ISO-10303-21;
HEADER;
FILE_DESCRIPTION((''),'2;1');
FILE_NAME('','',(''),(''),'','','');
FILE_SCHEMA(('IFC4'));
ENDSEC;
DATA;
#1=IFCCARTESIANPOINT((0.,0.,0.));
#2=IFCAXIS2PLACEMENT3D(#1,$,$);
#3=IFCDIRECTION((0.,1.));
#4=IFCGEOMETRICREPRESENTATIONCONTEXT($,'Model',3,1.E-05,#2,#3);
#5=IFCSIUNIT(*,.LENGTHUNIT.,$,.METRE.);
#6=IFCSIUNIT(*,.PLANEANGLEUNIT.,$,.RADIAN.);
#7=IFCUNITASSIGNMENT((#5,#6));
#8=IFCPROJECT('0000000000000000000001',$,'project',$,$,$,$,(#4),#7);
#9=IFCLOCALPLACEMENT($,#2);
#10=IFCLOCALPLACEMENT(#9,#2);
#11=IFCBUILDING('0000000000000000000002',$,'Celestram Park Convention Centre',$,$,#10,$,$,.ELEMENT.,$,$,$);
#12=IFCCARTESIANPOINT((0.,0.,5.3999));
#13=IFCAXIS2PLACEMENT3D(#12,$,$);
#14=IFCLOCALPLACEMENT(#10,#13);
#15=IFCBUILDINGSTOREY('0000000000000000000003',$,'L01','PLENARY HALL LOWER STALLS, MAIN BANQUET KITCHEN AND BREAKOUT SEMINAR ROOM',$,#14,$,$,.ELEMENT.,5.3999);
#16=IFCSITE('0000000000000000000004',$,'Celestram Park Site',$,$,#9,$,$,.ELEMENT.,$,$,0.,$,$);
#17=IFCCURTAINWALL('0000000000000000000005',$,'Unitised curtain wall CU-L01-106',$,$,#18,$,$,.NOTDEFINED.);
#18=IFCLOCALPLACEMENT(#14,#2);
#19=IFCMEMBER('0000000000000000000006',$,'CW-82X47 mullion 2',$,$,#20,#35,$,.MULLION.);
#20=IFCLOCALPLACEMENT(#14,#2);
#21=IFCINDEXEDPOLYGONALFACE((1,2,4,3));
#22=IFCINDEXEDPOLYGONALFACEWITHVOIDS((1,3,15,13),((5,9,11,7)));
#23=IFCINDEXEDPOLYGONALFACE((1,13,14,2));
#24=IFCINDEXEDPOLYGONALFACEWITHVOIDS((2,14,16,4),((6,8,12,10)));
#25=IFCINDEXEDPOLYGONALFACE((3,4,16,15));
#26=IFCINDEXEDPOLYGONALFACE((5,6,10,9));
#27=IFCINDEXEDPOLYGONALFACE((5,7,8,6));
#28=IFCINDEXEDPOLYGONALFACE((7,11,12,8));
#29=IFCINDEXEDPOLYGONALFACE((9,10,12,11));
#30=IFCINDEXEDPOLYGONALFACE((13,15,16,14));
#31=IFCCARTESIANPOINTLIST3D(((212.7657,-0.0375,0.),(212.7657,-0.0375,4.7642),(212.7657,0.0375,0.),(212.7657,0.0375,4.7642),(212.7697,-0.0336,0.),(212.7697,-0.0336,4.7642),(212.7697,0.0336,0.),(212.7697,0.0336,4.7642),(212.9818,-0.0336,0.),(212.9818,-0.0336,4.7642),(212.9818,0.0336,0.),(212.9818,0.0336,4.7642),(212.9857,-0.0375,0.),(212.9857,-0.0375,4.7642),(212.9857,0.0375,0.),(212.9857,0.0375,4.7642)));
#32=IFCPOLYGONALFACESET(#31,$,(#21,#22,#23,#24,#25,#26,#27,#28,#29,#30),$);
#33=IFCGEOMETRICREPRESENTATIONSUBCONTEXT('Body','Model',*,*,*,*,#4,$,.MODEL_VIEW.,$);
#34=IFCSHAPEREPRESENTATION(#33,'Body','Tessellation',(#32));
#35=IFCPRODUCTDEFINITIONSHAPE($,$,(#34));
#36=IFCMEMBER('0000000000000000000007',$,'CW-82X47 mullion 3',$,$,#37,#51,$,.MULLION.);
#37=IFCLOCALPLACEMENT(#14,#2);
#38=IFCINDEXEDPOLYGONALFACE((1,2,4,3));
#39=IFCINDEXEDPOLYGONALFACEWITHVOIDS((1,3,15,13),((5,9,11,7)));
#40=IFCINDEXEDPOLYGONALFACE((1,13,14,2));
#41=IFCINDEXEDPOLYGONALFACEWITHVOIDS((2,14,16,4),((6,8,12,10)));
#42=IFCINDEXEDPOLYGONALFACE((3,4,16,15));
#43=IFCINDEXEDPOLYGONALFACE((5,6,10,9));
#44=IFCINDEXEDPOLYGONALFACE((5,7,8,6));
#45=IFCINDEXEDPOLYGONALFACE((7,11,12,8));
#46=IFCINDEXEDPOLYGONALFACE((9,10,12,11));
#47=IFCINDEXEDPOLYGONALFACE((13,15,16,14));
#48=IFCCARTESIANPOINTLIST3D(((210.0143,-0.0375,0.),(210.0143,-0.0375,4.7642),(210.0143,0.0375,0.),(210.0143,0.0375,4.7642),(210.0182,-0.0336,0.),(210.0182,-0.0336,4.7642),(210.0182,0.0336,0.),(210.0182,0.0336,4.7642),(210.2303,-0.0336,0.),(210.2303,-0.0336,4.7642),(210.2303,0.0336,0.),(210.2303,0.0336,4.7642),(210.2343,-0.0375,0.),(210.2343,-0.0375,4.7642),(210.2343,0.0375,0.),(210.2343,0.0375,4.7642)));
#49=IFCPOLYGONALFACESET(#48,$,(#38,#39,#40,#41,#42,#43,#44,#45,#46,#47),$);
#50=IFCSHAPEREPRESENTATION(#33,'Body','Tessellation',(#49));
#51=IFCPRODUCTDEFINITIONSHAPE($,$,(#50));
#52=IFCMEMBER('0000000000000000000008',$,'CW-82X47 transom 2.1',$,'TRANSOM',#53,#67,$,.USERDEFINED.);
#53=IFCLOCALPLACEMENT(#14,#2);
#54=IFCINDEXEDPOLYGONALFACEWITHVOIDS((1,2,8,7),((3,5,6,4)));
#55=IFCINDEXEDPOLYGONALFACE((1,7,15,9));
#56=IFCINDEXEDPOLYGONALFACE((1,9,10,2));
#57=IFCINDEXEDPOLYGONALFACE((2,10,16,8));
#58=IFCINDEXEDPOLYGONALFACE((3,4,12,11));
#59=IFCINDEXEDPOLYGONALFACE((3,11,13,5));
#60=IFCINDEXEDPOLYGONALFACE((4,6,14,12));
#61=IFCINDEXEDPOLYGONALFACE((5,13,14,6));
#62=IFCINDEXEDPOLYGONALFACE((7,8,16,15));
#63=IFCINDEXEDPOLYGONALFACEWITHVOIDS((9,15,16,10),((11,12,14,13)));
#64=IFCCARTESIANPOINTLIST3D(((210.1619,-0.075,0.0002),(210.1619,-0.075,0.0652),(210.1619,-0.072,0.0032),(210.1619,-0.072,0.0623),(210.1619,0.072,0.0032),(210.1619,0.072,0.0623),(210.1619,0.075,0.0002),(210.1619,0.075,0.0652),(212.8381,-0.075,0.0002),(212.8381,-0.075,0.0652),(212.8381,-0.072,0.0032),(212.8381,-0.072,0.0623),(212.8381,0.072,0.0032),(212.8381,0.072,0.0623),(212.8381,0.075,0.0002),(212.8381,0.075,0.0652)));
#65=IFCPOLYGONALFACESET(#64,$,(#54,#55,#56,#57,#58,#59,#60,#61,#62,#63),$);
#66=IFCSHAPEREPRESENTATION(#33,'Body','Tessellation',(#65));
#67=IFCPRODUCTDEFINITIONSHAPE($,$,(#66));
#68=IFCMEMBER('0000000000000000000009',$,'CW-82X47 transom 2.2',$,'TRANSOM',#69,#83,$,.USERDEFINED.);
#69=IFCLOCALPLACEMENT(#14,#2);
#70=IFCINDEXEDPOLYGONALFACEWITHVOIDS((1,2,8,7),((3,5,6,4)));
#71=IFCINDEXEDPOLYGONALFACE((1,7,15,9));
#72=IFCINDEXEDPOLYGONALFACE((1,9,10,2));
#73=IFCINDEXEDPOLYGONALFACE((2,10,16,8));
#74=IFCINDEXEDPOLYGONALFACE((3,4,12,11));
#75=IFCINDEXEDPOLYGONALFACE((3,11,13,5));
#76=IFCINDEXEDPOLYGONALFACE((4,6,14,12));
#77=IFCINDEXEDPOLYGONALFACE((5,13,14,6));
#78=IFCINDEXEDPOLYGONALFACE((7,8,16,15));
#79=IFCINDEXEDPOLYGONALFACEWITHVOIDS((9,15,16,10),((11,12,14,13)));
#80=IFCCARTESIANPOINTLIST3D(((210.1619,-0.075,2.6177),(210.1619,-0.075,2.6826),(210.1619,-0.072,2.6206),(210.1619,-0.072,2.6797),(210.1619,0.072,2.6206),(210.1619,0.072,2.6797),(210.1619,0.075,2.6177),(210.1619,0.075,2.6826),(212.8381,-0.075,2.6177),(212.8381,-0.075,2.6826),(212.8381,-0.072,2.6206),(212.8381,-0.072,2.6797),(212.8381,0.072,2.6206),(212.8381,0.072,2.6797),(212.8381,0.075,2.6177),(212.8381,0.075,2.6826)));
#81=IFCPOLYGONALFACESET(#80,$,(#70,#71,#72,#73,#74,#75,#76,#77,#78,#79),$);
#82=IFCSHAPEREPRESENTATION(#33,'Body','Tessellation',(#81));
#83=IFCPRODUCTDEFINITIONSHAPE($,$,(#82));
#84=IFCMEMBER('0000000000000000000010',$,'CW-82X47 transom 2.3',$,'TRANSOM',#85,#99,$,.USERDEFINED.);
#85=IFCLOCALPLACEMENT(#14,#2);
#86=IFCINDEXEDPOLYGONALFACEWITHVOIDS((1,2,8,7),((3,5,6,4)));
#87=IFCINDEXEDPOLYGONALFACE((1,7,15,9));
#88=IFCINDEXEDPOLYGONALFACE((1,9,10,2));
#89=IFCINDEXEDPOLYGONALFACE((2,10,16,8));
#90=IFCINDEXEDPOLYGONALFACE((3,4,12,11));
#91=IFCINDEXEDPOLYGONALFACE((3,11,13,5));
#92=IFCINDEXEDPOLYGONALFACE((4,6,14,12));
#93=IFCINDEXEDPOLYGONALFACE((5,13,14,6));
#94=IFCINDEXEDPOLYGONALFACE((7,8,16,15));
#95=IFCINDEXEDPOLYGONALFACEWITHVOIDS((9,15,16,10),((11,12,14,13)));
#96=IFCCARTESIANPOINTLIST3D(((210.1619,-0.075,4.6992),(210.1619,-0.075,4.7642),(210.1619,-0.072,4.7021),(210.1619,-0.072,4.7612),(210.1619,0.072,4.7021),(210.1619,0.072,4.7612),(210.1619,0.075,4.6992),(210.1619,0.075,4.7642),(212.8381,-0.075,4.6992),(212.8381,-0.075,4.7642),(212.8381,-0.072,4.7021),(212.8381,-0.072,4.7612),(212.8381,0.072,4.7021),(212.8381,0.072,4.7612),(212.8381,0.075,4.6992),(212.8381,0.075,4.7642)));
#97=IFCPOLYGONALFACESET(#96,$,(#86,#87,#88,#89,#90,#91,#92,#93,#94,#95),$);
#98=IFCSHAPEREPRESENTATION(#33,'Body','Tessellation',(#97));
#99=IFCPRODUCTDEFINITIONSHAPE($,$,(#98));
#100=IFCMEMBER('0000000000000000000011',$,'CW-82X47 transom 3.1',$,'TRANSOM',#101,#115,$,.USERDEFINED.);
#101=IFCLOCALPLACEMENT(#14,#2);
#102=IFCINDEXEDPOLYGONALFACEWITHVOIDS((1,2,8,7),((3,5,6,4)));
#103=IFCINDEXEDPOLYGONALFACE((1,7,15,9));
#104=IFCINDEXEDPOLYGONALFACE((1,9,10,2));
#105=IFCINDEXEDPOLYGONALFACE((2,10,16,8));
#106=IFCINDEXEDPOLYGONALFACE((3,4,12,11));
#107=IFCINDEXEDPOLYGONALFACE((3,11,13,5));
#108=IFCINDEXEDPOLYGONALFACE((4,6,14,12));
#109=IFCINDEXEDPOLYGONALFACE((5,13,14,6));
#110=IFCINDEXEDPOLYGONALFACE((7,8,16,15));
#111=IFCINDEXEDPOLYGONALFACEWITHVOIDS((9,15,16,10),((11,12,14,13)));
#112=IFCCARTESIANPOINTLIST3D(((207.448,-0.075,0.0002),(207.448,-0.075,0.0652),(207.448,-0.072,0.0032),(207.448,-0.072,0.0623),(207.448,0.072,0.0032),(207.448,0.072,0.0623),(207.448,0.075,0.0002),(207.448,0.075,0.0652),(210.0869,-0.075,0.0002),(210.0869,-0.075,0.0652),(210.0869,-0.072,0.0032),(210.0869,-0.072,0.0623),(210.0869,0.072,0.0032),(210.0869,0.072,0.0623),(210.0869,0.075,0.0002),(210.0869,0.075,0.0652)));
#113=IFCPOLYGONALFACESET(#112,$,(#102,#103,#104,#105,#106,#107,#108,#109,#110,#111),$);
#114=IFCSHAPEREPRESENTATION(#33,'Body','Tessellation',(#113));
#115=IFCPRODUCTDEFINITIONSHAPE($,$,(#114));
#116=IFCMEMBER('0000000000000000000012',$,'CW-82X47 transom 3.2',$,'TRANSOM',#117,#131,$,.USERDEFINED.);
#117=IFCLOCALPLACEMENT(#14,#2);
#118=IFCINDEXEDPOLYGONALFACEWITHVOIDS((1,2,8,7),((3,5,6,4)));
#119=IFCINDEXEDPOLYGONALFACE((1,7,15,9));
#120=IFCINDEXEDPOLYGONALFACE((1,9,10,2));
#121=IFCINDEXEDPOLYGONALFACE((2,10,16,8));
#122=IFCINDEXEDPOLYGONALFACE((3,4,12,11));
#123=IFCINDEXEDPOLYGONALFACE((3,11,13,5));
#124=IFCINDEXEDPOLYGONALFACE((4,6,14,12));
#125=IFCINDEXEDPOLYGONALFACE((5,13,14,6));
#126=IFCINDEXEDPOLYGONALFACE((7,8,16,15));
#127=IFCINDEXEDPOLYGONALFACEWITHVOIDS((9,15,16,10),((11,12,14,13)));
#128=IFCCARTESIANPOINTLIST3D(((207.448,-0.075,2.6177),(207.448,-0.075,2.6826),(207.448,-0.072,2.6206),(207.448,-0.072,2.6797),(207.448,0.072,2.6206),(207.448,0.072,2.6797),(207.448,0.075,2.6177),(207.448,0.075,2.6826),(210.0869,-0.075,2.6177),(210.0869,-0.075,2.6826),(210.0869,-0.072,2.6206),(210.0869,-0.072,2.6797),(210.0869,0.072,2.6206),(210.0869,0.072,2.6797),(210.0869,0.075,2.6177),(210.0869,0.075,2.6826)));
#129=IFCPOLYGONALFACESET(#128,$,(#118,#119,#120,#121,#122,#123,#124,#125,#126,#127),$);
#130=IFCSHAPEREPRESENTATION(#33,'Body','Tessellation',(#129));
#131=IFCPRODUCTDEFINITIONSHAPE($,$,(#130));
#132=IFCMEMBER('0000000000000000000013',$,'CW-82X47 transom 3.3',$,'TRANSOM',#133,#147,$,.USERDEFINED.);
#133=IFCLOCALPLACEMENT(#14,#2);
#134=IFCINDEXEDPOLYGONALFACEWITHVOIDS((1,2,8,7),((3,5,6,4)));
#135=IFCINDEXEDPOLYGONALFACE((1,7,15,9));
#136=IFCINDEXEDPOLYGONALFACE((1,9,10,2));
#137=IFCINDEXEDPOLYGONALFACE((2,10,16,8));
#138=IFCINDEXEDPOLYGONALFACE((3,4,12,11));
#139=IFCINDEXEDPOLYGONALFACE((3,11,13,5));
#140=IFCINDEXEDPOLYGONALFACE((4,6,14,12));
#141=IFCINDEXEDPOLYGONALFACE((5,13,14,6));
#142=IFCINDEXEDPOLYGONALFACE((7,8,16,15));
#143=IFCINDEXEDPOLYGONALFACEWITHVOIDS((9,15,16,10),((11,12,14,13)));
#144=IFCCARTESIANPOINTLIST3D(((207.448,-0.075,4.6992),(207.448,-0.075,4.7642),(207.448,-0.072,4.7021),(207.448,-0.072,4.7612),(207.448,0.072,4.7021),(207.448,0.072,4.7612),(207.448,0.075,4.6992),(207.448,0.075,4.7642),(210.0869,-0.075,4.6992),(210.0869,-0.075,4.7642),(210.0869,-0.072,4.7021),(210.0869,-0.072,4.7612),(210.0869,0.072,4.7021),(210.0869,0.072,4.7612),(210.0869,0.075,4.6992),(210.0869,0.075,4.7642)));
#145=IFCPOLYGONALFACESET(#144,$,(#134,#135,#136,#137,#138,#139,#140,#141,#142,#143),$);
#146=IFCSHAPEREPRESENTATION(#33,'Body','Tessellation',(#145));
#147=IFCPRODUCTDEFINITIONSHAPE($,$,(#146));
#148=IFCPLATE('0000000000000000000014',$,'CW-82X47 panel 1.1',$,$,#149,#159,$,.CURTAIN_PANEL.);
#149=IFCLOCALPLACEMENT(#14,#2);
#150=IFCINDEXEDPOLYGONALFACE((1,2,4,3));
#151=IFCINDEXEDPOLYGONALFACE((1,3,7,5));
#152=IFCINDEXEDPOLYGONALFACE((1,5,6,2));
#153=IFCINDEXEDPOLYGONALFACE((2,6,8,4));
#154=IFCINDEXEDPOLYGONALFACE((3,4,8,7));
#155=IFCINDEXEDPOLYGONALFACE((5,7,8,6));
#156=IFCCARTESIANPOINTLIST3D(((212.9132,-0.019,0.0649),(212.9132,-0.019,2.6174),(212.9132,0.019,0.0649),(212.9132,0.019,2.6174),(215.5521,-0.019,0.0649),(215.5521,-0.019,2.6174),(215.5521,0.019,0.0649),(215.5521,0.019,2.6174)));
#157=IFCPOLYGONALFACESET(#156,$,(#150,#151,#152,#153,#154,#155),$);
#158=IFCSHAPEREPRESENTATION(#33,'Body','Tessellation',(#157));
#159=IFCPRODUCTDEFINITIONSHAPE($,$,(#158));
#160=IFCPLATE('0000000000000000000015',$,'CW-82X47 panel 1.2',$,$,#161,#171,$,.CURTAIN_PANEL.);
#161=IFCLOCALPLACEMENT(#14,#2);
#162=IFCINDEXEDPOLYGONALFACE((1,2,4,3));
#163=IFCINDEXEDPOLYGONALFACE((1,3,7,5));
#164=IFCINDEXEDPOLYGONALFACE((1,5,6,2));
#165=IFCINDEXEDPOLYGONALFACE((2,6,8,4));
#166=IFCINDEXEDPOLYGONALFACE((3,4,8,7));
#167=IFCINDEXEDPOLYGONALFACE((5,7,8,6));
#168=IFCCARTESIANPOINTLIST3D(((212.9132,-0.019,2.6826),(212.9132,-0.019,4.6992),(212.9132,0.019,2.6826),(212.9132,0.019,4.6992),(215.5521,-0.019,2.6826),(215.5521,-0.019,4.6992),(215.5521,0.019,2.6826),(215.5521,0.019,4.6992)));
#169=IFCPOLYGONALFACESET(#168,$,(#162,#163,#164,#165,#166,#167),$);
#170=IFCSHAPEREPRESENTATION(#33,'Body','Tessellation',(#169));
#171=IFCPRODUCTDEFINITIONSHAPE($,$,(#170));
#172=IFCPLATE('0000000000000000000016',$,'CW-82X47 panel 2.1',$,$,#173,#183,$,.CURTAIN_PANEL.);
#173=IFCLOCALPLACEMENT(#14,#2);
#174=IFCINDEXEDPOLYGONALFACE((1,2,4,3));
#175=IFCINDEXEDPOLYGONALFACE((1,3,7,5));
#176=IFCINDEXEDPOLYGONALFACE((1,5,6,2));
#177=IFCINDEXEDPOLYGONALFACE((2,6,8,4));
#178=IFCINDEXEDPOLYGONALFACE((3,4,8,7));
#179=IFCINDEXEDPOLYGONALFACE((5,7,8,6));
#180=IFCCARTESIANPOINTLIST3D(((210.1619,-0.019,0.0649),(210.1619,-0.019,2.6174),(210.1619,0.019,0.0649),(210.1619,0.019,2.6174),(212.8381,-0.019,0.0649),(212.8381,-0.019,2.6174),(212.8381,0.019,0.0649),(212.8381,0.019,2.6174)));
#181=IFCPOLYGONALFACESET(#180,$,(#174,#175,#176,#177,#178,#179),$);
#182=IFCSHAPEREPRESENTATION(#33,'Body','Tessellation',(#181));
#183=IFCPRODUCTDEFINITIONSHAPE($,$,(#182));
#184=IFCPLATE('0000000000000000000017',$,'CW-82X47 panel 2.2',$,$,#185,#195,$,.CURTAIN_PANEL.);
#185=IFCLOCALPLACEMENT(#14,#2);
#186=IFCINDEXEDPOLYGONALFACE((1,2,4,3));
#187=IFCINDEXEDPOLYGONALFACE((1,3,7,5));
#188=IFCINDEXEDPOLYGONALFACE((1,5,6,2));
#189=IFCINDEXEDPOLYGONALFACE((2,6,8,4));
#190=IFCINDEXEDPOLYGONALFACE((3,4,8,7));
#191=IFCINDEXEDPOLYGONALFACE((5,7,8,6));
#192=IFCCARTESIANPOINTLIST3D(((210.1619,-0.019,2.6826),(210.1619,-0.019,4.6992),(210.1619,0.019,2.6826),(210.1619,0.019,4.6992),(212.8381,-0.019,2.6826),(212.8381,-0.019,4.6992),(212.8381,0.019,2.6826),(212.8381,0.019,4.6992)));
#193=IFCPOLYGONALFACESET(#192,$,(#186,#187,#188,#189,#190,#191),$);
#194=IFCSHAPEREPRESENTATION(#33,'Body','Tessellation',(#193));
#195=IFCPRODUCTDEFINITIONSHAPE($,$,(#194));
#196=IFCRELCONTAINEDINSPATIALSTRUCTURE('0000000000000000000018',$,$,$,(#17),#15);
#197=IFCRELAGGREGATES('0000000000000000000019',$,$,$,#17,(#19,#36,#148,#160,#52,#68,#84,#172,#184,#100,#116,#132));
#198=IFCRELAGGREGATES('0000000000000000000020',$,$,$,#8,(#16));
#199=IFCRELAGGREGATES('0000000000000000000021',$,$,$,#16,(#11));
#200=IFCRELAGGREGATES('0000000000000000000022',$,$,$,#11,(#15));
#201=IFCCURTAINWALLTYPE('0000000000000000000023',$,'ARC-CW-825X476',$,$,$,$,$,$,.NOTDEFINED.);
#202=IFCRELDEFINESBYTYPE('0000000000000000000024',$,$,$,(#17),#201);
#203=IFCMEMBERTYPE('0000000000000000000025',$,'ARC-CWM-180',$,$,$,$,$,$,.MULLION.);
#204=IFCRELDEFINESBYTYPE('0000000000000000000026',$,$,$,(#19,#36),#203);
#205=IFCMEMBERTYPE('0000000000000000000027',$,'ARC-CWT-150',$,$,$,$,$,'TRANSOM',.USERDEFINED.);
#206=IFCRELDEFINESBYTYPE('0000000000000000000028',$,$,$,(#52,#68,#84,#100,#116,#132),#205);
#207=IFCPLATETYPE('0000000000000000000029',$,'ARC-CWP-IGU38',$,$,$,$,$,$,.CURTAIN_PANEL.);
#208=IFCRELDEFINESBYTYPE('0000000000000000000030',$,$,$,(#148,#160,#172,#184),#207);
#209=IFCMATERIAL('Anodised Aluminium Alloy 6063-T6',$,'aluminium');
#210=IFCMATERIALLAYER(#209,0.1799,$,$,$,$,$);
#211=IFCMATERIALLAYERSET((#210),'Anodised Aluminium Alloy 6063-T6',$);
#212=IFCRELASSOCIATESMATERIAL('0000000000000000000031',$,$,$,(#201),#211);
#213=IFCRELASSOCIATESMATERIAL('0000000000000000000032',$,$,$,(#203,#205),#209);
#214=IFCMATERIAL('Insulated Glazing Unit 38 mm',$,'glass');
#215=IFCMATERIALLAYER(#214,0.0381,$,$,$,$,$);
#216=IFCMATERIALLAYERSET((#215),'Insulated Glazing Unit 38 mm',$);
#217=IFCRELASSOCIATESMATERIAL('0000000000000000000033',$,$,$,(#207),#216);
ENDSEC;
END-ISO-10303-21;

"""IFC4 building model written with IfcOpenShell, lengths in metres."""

from ifc_helpers import new_model, si_unit, direction, frame, origin, origin_2d, place, context, subcontext, project, spatial, rectangle, hollow_rectangle, extrude, material, layer, layer_set, material_profile, profile_set, type_object, element, aggregate, save


model = new_model("IFC4")

# Units and contexts
model_context = context("Model", 3, precision=1e-05, world=origin(), true_north=direction((0.0, 1.0)))
body_context = subcontext(model_context, "Body", "Model", "MODEL_VIEW")
ifc_project = project(units=[si_unit("LENGTHUNIT", "METRE"), si_unit("PLANEANGLEUNIT", "RADIAN")], contexts=[model_context])

# Site, building, storey
site_placement = place(None, origin())
site = spatial("IfcSite", under=ifc_project, at=site_placement, Name="Celestram Park Site", CompositionType="ELEMENT", RefElevation=0.0)
building_placement = place(site_placement, origin())
building = spatial("IfcBuilding", under=site, at=building_placement, Name="Celestram Park Convention Centre", CompositionType="ELEMENT")
storey_placement = place(building_placement, frame((0.0, 0.0, 5.3999)))
storey = spatial("IfcBuildingStorey", under=building, at=storey_placement, Name="L01", Description="PLENARY HALL LOWER STALLS, MAIN BANQUET KITCHEN AND BREAKOUT SEMINAR ROOM", CompositionType="ELEMENT", Elevation=5.3999)

# Curtain wall, members, plates
ifc_material_1 = material(Name="Anodised Aluminium Alloy 6063-T6", Category="aluminium")
ifc_layer_1 = layer(ifc_material_1, 0.1799)
ifc_layer_set_1 = layer_set([ifc_layer_1], Name="Anodised Aluminium Alloy 6063-T6")
curtain_wall_type = type_object("IfcCurtainWallType", Name="ARC-CW-825X476", PredefinedType="NOTDEFINED", material=ifc_layer_set_1)
curtain_wall_placement = place(storey_placement, origin())
curtain_wall = element("IfcCurtainWall", 1, at=curtain_wall_placement, inside=storey, type_object=curtain_wall_type, Name="Unitised curtain wall CU-L01-106", PredefinedType="NOTDEFINED")
ifc_material_profile_1 = material_profile(ifc_material_1, hollow_rectangle(XDim=0.075, YDim=0.22, WallThickness=0.0039, at=origin_2d()), Name="ALU75X220X4")
ifc_profile_set_1 = profile_set([ifc_material_profile_1], Name="Anodised Aluminium Alloy 6063-T6")
member_type_1 = type_object("IfcMemberType", Name="ARC-CWM-180", PredefinedType="MULLION", material=ifc_profile_set_1)
member_1_placement = place(storey_placement, frame((212.8757, 0.0, 0.0), z_axis=(0.0, 0.0, 1.0), x_axis=(0.0, -1.0, 0.0)))
member_1 = element("IfcMember", 2, at=member_1_placement, type_object=member_type_1, Name="CW-82X47 mullion 2", PredefinedType="MULLION", context=body_context, shape_type="SweptSolid", body=[
    extrude(hollow_rectangle(XDim=0.075, YDim=0.22, WallThickness=0.0039, at=origin_2d()), origin(), (0.0, 0.0, 1.0), 4.7642),
])
member_2_placement = place(storey_placement, frame((210.1243, 0.0, 0.0), z_axis=(0.0, 0.0, 1.0), x_axis=(0.0, -1.0, 0.0)))
member_2 = element("IfcMember", 3, at=member_2_placement, type_object=member_type_1, Name="CW-82X47 mullion 3", PredefinedType="MULLION", context=body_context, shape_type="SweptSolid", body=[
    extrude(hollow_rectangle(XDim=0.075, YDim=0.22, WallThickness=0.0039, at=origin_2d()), origin(), (0.0, 0.0, 1.0), 4.7642),
])
ifc_material_profile_2 = material_profile(ifc_material_1, hollow_rectangle(XDim=0.1499, YDim=0.0649, WallThickness=0.0029, at=origin_2d()), Name="ALU150X65X3")
ifc_profile_set_2 = profile_set([ifc_material_profile_2], Name="Anodised Aluminium Alloy 6063-T6")
member_type_2 = type_object("IfcMemberType", Name="ARC-CWT-150", ElementType="TRANSOM", PredefinedType="USERDEFINED", material=ifc_profile_set_2)
member_3_placement = place(storey_placement, frame((212.8381, 0.0, 0.0327), z_axis=(-1.0, 0.0, 0.0), x_axis=(0.0, -1.0, 0.0)))
member_3 = element("IfcMember", 4, at=member_3_placement, type_object=member_type_2, Name="CW-82X47 transom 2.1", ObjectType="TRANSOM", PredefinedType="USERDEFINED", context=body_context, shape_type="SweptSolid", body=[
    extrude(hollow_rectangle(XDim=0.1499, YDim=0.0649, WallThickness=0.0029, at=origin_2d()), origin(), (0.0, 0.0, 1.0), 2.6763),
])
member_4_placement = place(storey_placement, frame((212.8381, 0.0, 2.6501), z_axis=(-1.0, 0.0, 0.0), x_axis=(0.0, -1.0, 0.0)))
member_4 = element("IfcMember", 5, at=member_4_placement, type_object=member_type_2, Name="CW-82X47 transom 2.2", ObjectType="TRANSOM", PredefinedType="USERDEFINED", context=body_context, shape_type="SweptSolid", body=[
    extrude(hollow_rectangle(XDim=0.1499, YDim=0.0649, WallThickness=0.0029, at=origin_2d()), origin(), (0.0, 0.0, 1.0), 2.6763),
])
member_5_placement = place(storey_placement, frame((212.8381, 0.0, 4.7317), z_axis=(-1.0, 0.0, 0.0), x_axis=(0.0, -1.0, 0.0)))
member_5 = element("IfcMember", 6, at=member_5_placement, type_object=member_type_2, Name="CW-82X47 transom 2.3", ObjectType="TRANSOM", PredefinedType="USERDEFINED", context=body_context, shape_type="SweptSolid", body=[
    extrude(hollow_rectangle(XDim=0.1499, YDim=0.0649, WallThickness=0.0029, at=origin_2d()), origin(), (0.0, 0.0, 1.0), 2.6763),
])
member_6_placement = place(storey_placement, frame((210.0869, 0.0, 0.0327), z_axis=(-1.0, 0.0, 0.0), x_axis=(0.0, -1.0, 0.0)))
member_6 = element("IfcMember", 7, at=member_6_placement, type_object=member_type_2, Name="CW-82X47 transom 3.1", ObjectType="TRANSOM", PredefinedType="USERDEFINED", context=body_context, shape_type="SweptSolid", body=[
    extrude(hollow_rectangle(XDim=0.1499, YDim=0.0649, WallThickness=0.0029, at=origin_2d()), origin(), (0.0, 0.0, 1.0), 2.6389),
])
member_7_placement = place(storey_placement, frame((210.0869, 0.0, 2.6501), z_axis=(-1.0, 0.0, 0.0), x_axis=(0.0, -1.0, 0.0)))
member_7 = element("IfcMember", 8, at=member_7_placement, type_object=member_type_2, Name="CW-82X47 transom 3.2", ObjectType="TRANSOM", PredefinedType="USERDEFINED", context=body_context, shape_type="SweptSolid", body=[
    extrude(hollow_rectangle(XDim=0.1499, YDim=0.0649, WallThickness=0.0029, at=origin_2d()), origin(), (0.0, 0.0, 1.0), 2.6389),
])
member_8_placement = place(storey_placement, frame((210.0869, 0.0, 4.7317), z_axis=(-1.0, 0.0, 0.0), x_axis=(0.0, -1.0, 0.0)))
member_8 = element("IfcMember", 9, at=member_8_placement, type_object=member_type_2, Name="CW-82X47 transom 3.3", ObjectType="TRANSOM", PredefinedType="USERDEFINED", context=body_context, shape_type="SweptSolid", body=[
    extrude(hollow_rectangle(XDim=0.1499, YDim=0.0649, WallThickness=0.0029, at=origin_2d()), origin(), (0.0, 0.0, 1.0), 2.6389),
])
ifc_material_2 = material(Name="Insulated Glazing Unit 38 mm", Category="glass")
ifc_layer_2 = layer(ifc_material_2, 0.0381)
ifc_layer_set_2 = layer_set([ifc_layer_2], Name="Insulated Glazing Unit 38 mm")
plate_type = type_object("IfcPlateType", Name="ARC-CWP-IGU38", PredefinedType="CURTAIN_PANEL", material=ifc_layer_set_2)
plate_1_placement = place(storey_placement, frame((214.2327, 0.0, 0.0649), z_axis=(0.0, 0.0, 1.0), x_axis=(-1.0, 0.0, 0.0)))
plate_1 = element("IfcPlate", 10, at=plate_1_placement, type_object=plate_type, Name="CW-82X47 panel 1.1", PredefinedType="CURTAIN_PANEL", context=body_context, shape_type="SweptSolid", body=[
    extrude(rectangle(XDim=2.6389, YDim=0.0381, at=origin_2d()), origin(), (0.0, 0.0, 1.0), 2.5525),
])
plate_2_placement = place(storey_placement, frame((214.2327, 0.0, 2.6826), z_axis=(0.0, 0.0, 1.0), x_axis=(-1.0, 0.0, 0.0)))
plate_2 = element("IfcPlate", 11, at=plate_2_placement, type_object=plate_type, Name="CW-82X47 panel 1.2", PredefinedType="CURTAIN_PANEL", context=body_context, shape_type="SweptSolid", body=[
    extrude(rectangle(XDim=2.6389, YDim=0.0381, at=origin_2d()), origin(), (0.0, 0.0, 1.0), 2.0166),
])
plate_3_placement = place(storey_placement, frame((211.5, 0.0, 0.0649), z_axis=(0.0, 0.0, 1.0), x_axis=(-1.0, 0.0, 0.0)))
plate_3 = element("IfcPlate", 12, at=plate_3_placement, type_object=plate_type, Name="CW-82X47 panel 2.1", PredefinedType="CURTAIN_PANEL", context=body_context, shape_type="SweptSolid", body=[
    extrude(rectangle(XDim=2.6763, YDim=0.0381, at=origin_2d()), origin(), (0.0, 0.0, 1.0), 2.5525),
])
plate_4_placement = place(storey_placement, frame((211.5, 0.0, 2.6826), z_axis=(0.0, 0.0, 1.0), x_axis=(-1.0, 0.0, 0.0)))
plate_4 = element("IfcPlate", 13, at=plate_4_placement, type_object=plate_type, Name="CW-82X47 panel 2.2", PredefinedType="CURTAIN_PANEL", context=body_context, shape_type="SweptSolid", body=[
    extrude(rectangle(XDim=2.6763, YDim=0.0381, at=origin_2d()), origin(), (0.0, 0.0, 1.0), 2.0166),
])
aggregate(curtain_wall, [member_1, member_2, plate_1, plate_2, member_3, member_4, member_5, plate_3, plate_4, member_6, member_7, member_8])

save(model, "model.ifc")
